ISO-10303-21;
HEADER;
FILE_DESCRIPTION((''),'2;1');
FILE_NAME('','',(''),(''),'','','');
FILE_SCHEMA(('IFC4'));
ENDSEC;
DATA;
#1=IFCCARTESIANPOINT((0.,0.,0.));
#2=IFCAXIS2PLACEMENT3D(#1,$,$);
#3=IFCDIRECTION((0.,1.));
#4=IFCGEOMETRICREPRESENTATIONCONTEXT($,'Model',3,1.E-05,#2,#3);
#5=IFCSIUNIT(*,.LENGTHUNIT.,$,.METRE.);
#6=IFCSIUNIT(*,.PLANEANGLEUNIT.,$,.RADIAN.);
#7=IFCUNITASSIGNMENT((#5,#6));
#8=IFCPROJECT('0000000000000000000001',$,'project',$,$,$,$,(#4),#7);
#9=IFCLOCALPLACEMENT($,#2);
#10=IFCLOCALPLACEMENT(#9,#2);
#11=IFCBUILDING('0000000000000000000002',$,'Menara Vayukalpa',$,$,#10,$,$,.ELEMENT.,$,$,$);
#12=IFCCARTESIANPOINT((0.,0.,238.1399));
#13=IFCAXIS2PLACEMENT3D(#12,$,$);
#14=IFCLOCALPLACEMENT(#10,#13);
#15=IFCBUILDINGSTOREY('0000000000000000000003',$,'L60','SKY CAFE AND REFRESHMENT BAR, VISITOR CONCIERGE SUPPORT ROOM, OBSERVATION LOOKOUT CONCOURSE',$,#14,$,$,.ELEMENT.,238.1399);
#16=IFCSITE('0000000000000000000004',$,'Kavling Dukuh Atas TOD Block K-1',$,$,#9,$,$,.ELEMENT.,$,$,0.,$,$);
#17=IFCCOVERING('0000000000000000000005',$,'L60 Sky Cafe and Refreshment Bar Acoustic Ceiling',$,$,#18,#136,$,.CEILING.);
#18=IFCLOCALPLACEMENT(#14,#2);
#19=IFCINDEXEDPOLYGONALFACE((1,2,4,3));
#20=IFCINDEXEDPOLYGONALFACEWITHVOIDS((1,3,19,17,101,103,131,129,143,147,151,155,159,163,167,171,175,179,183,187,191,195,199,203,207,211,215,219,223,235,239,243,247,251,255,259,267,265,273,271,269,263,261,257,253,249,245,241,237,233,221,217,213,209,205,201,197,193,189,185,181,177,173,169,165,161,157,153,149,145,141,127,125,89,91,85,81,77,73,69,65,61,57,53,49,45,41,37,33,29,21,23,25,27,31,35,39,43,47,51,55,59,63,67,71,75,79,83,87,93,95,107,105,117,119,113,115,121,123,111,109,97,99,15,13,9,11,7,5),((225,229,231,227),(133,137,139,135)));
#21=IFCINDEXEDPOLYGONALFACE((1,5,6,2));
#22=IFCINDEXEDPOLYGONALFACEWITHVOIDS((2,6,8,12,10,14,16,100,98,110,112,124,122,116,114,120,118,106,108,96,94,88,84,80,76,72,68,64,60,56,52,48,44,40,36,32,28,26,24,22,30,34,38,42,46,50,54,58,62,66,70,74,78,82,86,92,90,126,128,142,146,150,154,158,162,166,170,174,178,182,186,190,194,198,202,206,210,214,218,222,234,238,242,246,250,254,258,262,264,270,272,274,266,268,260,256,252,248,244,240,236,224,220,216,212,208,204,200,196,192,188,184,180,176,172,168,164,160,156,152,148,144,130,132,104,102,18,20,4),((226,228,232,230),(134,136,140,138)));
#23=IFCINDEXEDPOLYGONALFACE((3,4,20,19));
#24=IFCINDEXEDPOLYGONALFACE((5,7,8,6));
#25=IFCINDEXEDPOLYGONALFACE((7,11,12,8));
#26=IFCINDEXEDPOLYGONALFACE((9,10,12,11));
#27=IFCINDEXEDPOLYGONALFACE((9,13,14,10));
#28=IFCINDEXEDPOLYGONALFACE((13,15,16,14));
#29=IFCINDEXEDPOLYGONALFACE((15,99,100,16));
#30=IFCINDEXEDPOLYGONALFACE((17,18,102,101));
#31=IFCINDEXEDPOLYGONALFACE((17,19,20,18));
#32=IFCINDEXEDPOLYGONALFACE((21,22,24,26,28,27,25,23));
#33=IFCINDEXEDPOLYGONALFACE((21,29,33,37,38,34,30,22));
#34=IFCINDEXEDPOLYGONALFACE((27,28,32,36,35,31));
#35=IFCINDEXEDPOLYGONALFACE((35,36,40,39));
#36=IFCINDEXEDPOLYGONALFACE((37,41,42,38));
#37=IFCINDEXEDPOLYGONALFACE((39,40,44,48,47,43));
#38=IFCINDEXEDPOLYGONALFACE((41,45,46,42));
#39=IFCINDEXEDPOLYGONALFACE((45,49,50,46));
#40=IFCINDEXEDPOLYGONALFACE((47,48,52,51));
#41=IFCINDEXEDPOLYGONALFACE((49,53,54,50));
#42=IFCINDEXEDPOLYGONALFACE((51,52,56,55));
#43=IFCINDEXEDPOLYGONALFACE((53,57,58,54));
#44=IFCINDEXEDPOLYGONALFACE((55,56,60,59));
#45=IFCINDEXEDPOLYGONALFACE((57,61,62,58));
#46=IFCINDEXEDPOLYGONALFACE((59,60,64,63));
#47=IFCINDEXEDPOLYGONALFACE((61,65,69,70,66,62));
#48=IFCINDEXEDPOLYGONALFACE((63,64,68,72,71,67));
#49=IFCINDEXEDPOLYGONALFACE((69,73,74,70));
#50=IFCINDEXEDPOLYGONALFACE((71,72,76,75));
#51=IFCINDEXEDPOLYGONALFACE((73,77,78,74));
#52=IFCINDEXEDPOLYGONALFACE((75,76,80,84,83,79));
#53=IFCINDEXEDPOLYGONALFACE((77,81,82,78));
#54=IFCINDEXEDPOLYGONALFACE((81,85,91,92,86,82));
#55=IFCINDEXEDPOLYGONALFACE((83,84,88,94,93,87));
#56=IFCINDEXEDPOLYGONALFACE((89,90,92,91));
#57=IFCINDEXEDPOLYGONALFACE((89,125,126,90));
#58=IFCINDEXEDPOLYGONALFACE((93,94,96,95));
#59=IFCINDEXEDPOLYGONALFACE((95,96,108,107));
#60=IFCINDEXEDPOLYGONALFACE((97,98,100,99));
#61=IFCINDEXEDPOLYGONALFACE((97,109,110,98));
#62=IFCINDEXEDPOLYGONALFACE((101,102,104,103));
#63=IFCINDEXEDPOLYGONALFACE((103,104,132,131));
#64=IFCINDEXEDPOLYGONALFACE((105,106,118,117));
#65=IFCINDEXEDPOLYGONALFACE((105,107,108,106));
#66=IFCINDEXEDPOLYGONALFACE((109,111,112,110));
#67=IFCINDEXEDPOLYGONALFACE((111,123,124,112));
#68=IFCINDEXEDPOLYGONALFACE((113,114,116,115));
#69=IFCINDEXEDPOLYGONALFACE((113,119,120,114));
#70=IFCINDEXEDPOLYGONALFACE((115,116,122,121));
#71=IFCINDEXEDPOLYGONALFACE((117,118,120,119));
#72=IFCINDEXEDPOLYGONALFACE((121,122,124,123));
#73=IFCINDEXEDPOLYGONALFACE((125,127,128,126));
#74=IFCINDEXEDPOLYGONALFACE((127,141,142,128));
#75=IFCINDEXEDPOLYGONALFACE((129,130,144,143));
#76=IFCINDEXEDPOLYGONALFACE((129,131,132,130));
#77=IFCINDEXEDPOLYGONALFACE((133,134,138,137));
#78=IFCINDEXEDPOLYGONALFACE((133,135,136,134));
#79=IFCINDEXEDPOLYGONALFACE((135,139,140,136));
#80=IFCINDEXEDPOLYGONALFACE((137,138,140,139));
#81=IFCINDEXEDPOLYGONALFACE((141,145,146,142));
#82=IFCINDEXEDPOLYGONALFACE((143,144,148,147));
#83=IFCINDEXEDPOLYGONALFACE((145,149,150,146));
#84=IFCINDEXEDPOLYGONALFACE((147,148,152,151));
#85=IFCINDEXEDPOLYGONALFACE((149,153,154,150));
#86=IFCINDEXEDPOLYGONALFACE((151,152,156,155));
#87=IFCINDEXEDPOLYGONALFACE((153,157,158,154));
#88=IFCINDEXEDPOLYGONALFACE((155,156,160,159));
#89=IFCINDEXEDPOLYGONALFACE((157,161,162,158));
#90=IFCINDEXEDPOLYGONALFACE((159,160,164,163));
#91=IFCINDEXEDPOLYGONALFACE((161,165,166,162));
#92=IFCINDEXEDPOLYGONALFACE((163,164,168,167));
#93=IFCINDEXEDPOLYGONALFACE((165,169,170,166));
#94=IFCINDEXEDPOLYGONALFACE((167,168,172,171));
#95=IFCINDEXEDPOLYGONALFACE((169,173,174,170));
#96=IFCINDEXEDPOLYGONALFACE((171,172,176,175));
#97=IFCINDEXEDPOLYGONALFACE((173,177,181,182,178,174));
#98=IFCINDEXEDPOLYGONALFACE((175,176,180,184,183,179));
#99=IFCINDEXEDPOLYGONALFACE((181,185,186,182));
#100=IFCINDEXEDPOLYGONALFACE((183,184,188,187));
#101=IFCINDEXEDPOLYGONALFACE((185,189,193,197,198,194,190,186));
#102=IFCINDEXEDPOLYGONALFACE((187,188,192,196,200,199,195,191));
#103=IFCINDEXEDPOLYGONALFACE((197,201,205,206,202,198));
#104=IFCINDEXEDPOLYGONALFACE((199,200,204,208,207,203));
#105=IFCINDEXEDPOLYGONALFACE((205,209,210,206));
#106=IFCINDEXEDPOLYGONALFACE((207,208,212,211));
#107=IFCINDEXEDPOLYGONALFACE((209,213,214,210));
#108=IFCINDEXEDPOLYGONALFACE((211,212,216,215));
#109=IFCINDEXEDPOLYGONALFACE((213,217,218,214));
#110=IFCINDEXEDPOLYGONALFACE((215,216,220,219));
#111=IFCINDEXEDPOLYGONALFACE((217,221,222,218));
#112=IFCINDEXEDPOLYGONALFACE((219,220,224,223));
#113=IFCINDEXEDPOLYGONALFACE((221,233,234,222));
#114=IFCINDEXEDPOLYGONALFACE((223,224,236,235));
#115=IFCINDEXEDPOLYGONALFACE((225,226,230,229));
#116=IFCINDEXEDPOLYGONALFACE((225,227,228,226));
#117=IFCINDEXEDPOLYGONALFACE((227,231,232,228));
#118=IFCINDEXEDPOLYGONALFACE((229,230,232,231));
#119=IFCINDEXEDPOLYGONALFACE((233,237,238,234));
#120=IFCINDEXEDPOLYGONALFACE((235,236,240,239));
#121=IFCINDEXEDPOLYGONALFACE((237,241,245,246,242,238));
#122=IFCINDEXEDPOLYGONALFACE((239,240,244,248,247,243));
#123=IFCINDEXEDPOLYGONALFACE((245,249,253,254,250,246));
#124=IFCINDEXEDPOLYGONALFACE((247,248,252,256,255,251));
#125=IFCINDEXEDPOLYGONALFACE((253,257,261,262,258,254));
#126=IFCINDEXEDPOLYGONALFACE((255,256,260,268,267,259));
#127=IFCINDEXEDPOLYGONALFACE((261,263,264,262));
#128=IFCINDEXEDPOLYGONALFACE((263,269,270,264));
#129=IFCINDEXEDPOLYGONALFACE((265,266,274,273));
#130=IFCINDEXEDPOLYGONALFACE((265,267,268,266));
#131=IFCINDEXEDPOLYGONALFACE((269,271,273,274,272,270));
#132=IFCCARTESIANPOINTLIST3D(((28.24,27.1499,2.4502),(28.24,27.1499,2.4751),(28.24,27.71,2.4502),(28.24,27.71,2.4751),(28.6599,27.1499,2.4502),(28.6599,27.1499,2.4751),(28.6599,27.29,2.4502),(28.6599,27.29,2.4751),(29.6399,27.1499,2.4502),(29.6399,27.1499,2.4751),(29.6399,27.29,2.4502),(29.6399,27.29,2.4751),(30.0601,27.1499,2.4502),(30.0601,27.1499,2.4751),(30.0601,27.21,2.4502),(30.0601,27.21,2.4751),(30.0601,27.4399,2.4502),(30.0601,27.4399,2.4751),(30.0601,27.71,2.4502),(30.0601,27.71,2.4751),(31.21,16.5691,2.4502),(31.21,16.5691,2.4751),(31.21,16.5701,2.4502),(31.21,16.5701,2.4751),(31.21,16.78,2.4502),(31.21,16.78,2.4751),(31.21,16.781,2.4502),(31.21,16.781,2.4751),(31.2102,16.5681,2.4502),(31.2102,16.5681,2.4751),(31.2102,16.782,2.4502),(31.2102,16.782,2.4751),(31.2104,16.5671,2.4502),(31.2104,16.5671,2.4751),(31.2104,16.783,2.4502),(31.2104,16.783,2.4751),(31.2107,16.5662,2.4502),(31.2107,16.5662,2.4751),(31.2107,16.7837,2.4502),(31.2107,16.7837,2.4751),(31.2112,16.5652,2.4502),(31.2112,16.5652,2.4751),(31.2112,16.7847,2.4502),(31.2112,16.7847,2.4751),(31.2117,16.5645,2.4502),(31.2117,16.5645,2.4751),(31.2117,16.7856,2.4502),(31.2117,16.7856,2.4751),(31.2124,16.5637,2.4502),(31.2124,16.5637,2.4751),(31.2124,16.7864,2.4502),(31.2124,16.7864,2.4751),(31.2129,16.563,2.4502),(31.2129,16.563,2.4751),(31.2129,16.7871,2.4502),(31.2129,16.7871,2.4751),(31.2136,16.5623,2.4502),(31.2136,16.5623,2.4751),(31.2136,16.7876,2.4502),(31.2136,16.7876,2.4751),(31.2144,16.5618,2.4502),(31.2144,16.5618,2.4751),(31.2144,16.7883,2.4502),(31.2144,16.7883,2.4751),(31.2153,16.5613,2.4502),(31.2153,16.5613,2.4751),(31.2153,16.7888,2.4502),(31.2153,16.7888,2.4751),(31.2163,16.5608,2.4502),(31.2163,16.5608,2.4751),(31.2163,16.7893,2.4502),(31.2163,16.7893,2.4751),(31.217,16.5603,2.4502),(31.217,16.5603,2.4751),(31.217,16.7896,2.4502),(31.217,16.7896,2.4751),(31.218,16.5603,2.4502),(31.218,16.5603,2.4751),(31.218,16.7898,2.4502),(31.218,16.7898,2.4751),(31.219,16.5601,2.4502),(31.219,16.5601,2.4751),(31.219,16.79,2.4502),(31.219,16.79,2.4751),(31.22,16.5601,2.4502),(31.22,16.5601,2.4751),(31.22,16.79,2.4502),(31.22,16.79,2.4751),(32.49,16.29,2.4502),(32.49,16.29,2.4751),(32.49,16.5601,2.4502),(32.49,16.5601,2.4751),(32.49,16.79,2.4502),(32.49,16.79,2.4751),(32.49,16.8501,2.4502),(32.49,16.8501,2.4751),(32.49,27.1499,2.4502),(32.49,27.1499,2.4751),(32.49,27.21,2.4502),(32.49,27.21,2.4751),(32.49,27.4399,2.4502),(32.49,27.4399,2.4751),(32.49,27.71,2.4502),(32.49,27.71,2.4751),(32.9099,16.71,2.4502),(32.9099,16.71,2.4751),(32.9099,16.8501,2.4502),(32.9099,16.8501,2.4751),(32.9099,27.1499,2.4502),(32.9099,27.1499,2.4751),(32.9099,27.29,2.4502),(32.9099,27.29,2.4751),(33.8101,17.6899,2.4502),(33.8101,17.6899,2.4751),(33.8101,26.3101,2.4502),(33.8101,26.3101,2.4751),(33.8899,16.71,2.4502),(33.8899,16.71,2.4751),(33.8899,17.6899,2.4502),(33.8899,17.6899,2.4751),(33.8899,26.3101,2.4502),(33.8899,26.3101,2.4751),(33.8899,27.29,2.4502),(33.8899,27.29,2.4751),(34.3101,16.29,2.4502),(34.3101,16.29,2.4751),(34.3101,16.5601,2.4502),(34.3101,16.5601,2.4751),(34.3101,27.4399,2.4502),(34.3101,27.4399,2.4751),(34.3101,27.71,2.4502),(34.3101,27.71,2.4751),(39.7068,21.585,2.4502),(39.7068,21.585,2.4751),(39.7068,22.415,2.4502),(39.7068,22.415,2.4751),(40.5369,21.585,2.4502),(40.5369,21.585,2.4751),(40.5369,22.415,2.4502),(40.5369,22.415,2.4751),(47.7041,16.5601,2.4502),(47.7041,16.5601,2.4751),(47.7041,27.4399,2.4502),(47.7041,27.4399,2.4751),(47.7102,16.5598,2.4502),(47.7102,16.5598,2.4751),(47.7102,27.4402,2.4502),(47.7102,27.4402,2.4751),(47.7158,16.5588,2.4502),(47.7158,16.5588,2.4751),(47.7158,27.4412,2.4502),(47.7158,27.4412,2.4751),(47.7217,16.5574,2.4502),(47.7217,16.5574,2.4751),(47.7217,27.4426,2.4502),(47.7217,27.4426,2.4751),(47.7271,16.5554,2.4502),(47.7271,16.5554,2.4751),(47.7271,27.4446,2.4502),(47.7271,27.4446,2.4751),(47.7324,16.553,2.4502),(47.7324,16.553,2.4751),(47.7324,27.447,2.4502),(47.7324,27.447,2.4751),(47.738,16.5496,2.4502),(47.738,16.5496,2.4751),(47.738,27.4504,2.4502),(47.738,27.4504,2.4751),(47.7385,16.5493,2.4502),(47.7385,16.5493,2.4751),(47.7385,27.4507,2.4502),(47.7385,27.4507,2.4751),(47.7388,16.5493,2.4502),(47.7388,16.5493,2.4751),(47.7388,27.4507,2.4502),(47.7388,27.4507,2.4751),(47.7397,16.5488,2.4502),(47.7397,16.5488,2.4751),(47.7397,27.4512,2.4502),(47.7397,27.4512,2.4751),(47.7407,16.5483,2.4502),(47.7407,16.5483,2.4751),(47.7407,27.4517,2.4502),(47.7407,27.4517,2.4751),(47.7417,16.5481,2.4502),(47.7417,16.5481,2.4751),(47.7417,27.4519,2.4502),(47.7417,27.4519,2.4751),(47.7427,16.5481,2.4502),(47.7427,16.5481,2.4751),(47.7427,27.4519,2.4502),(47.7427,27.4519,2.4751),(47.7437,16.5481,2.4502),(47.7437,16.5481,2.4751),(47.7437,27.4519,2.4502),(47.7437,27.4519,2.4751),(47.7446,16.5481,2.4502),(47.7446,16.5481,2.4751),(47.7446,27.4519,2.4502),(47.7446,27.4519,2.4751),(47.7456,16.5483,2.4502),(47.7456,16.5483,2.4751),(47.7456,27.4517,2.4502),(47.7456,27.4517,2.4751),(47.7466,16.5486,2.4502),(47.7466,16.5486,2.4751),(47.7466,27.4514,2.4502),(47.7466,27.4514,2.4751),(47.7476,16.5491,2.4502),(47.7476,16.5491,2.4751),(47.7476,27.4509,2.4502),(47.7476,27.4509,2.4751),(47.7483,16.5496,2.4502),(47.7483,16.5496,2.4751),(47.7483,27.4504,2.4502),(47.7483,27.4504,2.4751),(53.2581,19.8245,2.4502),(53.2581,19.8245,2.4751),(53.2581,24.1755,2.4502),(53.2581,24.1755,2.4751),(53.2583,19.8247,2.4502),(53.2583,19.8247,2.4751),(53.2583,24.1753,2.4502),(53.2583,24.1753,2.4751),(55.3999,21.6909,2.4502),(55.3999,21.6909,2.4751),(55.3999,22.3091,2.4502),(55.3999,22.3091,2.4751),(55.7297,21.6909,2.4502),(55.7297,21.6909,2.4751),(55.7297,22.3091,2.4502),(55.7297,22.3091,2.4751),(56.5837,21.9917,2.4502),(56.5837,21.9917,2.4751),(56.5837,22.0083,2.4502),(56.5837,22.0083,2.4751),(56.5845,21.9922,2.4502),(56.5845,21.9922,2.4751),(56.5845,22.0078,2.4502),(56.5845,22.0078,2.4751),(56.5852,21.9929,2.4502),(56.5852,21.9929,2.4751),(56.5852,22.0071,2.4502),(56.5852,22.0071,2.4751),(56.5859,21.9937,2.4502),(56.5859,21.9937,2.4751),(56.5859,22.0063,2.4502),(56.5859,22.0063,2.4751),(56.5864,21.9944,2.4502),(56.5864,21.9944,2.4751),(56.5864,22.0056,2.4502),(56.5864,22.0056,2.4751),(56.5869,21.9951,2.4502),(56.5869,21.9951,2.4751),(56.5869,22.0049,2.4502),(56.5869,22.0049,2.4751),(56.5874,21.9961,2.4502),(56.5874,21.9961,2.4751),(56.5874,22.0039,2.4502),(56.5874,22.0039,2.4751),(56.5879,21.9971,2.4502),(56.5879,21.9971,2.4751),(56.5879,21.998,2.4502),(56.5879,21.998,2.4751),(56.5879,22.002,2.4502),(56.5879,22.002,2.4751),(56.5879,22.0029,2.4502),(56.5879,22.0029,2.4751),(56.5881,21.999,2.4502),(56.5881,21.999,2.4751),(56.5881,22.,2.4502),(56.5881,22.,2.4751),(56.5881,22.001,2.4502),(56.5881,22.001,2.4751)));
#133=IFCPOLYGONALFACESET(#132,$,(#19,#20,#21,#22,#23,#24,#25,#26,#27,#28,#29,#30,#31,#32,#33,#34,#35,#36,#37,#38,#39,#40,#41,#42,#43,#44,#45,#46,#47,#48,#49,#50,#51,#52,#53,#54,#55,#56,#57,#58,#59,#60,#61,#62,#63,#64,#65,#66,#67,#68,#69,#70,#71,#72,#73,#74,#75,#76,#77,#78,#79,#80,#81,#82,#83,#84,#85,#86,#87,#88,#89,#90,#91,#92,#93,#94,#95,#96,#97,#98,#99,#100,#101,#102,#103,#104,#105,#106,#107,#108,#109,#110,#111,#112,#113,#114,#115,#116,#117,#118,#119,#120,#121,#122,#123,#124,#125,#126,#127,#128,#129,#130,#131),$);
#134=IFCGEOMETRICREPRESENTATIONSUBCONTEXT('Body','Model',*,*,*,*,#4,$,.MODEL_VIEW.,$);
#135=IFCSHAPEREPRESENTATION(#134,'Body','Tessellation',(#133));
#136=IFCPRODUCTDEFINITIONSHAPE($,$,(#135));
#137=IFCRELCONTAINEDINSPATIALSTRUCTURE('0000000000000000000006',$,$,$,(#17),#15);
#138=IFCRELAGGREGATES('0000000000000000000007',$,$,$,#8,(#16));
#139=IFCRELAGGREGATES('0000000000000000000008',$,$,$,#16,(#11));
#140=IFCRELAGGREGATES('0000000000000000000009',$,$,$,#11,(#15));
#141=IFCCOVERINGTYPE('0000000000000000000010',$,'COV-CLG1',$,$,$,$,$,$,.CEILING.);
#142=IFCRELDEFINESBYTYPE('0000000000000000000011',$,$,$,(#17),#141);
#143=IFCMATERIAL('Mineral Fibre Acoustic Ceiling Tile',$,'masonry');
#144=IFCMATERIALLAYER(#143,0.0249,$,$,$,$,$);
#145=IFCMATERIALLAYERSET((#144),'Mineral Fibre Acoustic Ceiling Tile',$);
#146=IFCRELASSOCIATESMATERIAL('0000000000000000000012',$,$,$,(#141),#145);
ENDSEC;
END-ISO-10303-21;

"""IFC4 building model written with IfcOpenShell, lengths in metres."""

from ifc_helpers import new_model, si_unit, direction, frame, origin, place, context, subcontext, project, spatial, polyline, outline, extrude, material, layer, layer_set, type_object, element, save


model = new_model("IFC4")

# Units and contexts
model_context = context("Model", 3, precision=1e-05, world=origin(), true_north=direction((0.0, 1.0)))
body_context = subcontext(model_context, "Body", "Model", "MODEL_VIEW")
ifc_project = project(units=[si_unit("LENGTHUNIT", "METRE"), si_unit("PLANEANGLEUNIT", "RADIAN")], contexts=[model_context])

# Site, building, storey
site_placement = place(None, origin())
site = spatial("IfcSite", under=ifc_project, at=site_placement, Name="Kavling Dukuh Atas TOD Block K-1", CompositionType="ELEMENT", RefElevation=0.0)
building_placement = place(site_placement, origin())
building = spatial("IfcBuilding", under=site, at=building_placement, Name="Menara Vayukalpa", CompositionType="ELEMENT")
storey_placement = place(building_placement, frame((0.0, 0.0, 238.1399)))
storey = spatial("IfcBuildingStorey", under=building, at=storey_placement, Name="L60", Description="SKY CAFE AND REFRESHMENT BAR, VISITOR CONCIERGE SUPPORT ROOM, OBSERVATION LOOKOUT CONCOURSE", CompositionType="ELEMENT", Elevation=238.1399)

# Covering
ifc_material_1 = material(Name="Mineral Fibre Acoustic Ceiling Tile", Category="masonry")
ifc_layer_1 = layer(ifc_material_1, 0.0249)
ifc_layer_set_1 = layer_set([ifc_layer_1], Name="Mineral Fibre Acoustic Ceiling Tile")
covering_type_1 = type_object("IfcCoveringType", Name="COV-CLG1", PredefinedType="CEILING", material=ifc_layer_set_1)
covering_1_placement = place(storey_placement, frame((0.0, 0.0, 2.4502)))
element("IfcCovering", 1, at=covering_1_placement, inside=storey, type_object=covering_type_1, Name="L60 Sky Cafe and Refreshment Bar Acoustic Ceiling", PredefinedType="CEILING", context=body_context, shape_type="SweptSolid", body=[
    extrude(outline(polyline([(31.219, 16.5601), (31.218, 16.5603), (31.217, 16.5603), (31.2163, 16.5608), (31.2153, 16.5613), (31.2144, 16.5618), (31.2136, 16.5623), (31.2129, 16.563), (31.2124, 16.5637), (31.2117, 16.5645), (31.2112, 16.5652), (31.2107, 16.5662), (31.2104, 16.5671), (31.2102, 16.5681), (31.21, 16.5691), (31.21, 16.5701), (31.21, 16.78), (31.21, 16.781), (31.2102, 16.782), (31.2104, 16.783), (31.2107, 16.7837), (31.2112, 16.7847), (31.2117, 16.7856), (31.2124, 16.7864), (31.2129, 16.7871), (31.2136, 16.7876), (31.2144, 16.7883), (31.2153, 16.7888), (31.2163, 16.7893), (31.217, 16.7896), (31.218, 16.7898), (31.219, 16.79), (31.22, 16.79), (32.49, 16.79), (32.49, 16.8501), (32.9099, 16.8501), (32.9099, 16.71), (33.8899, 16.71), (33.8899, 17.6899), (33.8101, 17.6899), (33.8101, 26.3101), (33.8899, 26.3101), (33.8899, 27.29), (32.9099, 27.29), (32.9099, 27.1499), (32.49, 27.1499), (32.49, 27.21), (30.0601, 27.21), (30.0601, 27.1499), (29.6399, 27.1499), (29.6399, 27.29), (28.6599, 27.29), (28.6599, 27.1499), (28.24, 27.1499), (28.24, 27.71), (30.0601, 27.71), (30.0601, 27.4399), (32.49, 27.4399), (32.49, 27.71), (34.3101, 27.71), (34.3101, 27.4399), (47.7041, 27.4399), (47.7102, 27.4402), (47.7158, 27.4412), (47.7217, 27.4426), (47.7271, 27.4446), (47.7324, 27.447), (47.738, 27.4504), (47.7385, 27.4507), (47.7388, 27.4507), (47.7397, 27.4512), (47.7407, 27.4517), (47.7417, 27.4519), (47.7427, 27.4519), (47.7437, 27.4519), (47.7446, 27.4519), (47.7456, 27.4517), (47.7466, 27.4514), (47.7476, 27.4509), (47.7483, 27.4504), (53.2581, 24.1755), (53.2583, 24.1753), (56.5837, 22.0083), (56.5845, 22.0078), (56.5852, 22.0071), (56.5859, 22.0063), (56.5864, 22.0056), (56.5869, 22.0049), (56.5874, 22.0039), (56.5879, 22.0029), (56.5879, 22.002), (56.5881, 22.001), (56.5881, 22.0), (56.5881, 21.999), (56.5879, 21.998), (56.5879, 21.9971), (56.5874, 21.9961), (56.5869, 21.9951), (56.5864, 21.9944), (56.5859, 21.9937), (56.5852, 21.9929), (56.5845, 21.9922), (56.5837, 21.9917), (53.2583, 19.8247), (53.2581, 19.8245), (47.7483, 16.5496), (47.7476, 16.5491), (47.7466, 16.5486), (47.7456, 16.5483), (47.7446, 16.5481), (47.7437, 16.5481), (47.7427, 16.5481), (47.7417, 16.5481), (47.7407, 16.5483), (47.7397, 16.5488), (47.7388, 16.5493), (47.7385, 16.5493), (47.738, 16.5496), (47.7324, 16.553), (47.7271, 16.5554), (47.7217, 16.5574), (47.7158, 16.5588), (47.7102, 16.5598), (47.7041, 16.5601), (34.3101, 16.5601), (34.3101, 16.29), (32.49, 16.29), (32.49, 16.5601), (31.22, 16.5601), (31.219, 16.5601)]), holes=[polyline([(40.5369, 22.415), (39.7068, 22.415), (39.7068, 21.585), (40.5369, 21.585), (40.5369, 22.415)]), polyline([(55.7297, 22.3091), (55.3999, 22.3091), (55.3999, 21.6909), (55.7297, 21.6909), (55.7297, 22.3091)])]), origin(), (0.0, 0.0, 1.0), 0.0249),
])

save(model, "model.ifc")
